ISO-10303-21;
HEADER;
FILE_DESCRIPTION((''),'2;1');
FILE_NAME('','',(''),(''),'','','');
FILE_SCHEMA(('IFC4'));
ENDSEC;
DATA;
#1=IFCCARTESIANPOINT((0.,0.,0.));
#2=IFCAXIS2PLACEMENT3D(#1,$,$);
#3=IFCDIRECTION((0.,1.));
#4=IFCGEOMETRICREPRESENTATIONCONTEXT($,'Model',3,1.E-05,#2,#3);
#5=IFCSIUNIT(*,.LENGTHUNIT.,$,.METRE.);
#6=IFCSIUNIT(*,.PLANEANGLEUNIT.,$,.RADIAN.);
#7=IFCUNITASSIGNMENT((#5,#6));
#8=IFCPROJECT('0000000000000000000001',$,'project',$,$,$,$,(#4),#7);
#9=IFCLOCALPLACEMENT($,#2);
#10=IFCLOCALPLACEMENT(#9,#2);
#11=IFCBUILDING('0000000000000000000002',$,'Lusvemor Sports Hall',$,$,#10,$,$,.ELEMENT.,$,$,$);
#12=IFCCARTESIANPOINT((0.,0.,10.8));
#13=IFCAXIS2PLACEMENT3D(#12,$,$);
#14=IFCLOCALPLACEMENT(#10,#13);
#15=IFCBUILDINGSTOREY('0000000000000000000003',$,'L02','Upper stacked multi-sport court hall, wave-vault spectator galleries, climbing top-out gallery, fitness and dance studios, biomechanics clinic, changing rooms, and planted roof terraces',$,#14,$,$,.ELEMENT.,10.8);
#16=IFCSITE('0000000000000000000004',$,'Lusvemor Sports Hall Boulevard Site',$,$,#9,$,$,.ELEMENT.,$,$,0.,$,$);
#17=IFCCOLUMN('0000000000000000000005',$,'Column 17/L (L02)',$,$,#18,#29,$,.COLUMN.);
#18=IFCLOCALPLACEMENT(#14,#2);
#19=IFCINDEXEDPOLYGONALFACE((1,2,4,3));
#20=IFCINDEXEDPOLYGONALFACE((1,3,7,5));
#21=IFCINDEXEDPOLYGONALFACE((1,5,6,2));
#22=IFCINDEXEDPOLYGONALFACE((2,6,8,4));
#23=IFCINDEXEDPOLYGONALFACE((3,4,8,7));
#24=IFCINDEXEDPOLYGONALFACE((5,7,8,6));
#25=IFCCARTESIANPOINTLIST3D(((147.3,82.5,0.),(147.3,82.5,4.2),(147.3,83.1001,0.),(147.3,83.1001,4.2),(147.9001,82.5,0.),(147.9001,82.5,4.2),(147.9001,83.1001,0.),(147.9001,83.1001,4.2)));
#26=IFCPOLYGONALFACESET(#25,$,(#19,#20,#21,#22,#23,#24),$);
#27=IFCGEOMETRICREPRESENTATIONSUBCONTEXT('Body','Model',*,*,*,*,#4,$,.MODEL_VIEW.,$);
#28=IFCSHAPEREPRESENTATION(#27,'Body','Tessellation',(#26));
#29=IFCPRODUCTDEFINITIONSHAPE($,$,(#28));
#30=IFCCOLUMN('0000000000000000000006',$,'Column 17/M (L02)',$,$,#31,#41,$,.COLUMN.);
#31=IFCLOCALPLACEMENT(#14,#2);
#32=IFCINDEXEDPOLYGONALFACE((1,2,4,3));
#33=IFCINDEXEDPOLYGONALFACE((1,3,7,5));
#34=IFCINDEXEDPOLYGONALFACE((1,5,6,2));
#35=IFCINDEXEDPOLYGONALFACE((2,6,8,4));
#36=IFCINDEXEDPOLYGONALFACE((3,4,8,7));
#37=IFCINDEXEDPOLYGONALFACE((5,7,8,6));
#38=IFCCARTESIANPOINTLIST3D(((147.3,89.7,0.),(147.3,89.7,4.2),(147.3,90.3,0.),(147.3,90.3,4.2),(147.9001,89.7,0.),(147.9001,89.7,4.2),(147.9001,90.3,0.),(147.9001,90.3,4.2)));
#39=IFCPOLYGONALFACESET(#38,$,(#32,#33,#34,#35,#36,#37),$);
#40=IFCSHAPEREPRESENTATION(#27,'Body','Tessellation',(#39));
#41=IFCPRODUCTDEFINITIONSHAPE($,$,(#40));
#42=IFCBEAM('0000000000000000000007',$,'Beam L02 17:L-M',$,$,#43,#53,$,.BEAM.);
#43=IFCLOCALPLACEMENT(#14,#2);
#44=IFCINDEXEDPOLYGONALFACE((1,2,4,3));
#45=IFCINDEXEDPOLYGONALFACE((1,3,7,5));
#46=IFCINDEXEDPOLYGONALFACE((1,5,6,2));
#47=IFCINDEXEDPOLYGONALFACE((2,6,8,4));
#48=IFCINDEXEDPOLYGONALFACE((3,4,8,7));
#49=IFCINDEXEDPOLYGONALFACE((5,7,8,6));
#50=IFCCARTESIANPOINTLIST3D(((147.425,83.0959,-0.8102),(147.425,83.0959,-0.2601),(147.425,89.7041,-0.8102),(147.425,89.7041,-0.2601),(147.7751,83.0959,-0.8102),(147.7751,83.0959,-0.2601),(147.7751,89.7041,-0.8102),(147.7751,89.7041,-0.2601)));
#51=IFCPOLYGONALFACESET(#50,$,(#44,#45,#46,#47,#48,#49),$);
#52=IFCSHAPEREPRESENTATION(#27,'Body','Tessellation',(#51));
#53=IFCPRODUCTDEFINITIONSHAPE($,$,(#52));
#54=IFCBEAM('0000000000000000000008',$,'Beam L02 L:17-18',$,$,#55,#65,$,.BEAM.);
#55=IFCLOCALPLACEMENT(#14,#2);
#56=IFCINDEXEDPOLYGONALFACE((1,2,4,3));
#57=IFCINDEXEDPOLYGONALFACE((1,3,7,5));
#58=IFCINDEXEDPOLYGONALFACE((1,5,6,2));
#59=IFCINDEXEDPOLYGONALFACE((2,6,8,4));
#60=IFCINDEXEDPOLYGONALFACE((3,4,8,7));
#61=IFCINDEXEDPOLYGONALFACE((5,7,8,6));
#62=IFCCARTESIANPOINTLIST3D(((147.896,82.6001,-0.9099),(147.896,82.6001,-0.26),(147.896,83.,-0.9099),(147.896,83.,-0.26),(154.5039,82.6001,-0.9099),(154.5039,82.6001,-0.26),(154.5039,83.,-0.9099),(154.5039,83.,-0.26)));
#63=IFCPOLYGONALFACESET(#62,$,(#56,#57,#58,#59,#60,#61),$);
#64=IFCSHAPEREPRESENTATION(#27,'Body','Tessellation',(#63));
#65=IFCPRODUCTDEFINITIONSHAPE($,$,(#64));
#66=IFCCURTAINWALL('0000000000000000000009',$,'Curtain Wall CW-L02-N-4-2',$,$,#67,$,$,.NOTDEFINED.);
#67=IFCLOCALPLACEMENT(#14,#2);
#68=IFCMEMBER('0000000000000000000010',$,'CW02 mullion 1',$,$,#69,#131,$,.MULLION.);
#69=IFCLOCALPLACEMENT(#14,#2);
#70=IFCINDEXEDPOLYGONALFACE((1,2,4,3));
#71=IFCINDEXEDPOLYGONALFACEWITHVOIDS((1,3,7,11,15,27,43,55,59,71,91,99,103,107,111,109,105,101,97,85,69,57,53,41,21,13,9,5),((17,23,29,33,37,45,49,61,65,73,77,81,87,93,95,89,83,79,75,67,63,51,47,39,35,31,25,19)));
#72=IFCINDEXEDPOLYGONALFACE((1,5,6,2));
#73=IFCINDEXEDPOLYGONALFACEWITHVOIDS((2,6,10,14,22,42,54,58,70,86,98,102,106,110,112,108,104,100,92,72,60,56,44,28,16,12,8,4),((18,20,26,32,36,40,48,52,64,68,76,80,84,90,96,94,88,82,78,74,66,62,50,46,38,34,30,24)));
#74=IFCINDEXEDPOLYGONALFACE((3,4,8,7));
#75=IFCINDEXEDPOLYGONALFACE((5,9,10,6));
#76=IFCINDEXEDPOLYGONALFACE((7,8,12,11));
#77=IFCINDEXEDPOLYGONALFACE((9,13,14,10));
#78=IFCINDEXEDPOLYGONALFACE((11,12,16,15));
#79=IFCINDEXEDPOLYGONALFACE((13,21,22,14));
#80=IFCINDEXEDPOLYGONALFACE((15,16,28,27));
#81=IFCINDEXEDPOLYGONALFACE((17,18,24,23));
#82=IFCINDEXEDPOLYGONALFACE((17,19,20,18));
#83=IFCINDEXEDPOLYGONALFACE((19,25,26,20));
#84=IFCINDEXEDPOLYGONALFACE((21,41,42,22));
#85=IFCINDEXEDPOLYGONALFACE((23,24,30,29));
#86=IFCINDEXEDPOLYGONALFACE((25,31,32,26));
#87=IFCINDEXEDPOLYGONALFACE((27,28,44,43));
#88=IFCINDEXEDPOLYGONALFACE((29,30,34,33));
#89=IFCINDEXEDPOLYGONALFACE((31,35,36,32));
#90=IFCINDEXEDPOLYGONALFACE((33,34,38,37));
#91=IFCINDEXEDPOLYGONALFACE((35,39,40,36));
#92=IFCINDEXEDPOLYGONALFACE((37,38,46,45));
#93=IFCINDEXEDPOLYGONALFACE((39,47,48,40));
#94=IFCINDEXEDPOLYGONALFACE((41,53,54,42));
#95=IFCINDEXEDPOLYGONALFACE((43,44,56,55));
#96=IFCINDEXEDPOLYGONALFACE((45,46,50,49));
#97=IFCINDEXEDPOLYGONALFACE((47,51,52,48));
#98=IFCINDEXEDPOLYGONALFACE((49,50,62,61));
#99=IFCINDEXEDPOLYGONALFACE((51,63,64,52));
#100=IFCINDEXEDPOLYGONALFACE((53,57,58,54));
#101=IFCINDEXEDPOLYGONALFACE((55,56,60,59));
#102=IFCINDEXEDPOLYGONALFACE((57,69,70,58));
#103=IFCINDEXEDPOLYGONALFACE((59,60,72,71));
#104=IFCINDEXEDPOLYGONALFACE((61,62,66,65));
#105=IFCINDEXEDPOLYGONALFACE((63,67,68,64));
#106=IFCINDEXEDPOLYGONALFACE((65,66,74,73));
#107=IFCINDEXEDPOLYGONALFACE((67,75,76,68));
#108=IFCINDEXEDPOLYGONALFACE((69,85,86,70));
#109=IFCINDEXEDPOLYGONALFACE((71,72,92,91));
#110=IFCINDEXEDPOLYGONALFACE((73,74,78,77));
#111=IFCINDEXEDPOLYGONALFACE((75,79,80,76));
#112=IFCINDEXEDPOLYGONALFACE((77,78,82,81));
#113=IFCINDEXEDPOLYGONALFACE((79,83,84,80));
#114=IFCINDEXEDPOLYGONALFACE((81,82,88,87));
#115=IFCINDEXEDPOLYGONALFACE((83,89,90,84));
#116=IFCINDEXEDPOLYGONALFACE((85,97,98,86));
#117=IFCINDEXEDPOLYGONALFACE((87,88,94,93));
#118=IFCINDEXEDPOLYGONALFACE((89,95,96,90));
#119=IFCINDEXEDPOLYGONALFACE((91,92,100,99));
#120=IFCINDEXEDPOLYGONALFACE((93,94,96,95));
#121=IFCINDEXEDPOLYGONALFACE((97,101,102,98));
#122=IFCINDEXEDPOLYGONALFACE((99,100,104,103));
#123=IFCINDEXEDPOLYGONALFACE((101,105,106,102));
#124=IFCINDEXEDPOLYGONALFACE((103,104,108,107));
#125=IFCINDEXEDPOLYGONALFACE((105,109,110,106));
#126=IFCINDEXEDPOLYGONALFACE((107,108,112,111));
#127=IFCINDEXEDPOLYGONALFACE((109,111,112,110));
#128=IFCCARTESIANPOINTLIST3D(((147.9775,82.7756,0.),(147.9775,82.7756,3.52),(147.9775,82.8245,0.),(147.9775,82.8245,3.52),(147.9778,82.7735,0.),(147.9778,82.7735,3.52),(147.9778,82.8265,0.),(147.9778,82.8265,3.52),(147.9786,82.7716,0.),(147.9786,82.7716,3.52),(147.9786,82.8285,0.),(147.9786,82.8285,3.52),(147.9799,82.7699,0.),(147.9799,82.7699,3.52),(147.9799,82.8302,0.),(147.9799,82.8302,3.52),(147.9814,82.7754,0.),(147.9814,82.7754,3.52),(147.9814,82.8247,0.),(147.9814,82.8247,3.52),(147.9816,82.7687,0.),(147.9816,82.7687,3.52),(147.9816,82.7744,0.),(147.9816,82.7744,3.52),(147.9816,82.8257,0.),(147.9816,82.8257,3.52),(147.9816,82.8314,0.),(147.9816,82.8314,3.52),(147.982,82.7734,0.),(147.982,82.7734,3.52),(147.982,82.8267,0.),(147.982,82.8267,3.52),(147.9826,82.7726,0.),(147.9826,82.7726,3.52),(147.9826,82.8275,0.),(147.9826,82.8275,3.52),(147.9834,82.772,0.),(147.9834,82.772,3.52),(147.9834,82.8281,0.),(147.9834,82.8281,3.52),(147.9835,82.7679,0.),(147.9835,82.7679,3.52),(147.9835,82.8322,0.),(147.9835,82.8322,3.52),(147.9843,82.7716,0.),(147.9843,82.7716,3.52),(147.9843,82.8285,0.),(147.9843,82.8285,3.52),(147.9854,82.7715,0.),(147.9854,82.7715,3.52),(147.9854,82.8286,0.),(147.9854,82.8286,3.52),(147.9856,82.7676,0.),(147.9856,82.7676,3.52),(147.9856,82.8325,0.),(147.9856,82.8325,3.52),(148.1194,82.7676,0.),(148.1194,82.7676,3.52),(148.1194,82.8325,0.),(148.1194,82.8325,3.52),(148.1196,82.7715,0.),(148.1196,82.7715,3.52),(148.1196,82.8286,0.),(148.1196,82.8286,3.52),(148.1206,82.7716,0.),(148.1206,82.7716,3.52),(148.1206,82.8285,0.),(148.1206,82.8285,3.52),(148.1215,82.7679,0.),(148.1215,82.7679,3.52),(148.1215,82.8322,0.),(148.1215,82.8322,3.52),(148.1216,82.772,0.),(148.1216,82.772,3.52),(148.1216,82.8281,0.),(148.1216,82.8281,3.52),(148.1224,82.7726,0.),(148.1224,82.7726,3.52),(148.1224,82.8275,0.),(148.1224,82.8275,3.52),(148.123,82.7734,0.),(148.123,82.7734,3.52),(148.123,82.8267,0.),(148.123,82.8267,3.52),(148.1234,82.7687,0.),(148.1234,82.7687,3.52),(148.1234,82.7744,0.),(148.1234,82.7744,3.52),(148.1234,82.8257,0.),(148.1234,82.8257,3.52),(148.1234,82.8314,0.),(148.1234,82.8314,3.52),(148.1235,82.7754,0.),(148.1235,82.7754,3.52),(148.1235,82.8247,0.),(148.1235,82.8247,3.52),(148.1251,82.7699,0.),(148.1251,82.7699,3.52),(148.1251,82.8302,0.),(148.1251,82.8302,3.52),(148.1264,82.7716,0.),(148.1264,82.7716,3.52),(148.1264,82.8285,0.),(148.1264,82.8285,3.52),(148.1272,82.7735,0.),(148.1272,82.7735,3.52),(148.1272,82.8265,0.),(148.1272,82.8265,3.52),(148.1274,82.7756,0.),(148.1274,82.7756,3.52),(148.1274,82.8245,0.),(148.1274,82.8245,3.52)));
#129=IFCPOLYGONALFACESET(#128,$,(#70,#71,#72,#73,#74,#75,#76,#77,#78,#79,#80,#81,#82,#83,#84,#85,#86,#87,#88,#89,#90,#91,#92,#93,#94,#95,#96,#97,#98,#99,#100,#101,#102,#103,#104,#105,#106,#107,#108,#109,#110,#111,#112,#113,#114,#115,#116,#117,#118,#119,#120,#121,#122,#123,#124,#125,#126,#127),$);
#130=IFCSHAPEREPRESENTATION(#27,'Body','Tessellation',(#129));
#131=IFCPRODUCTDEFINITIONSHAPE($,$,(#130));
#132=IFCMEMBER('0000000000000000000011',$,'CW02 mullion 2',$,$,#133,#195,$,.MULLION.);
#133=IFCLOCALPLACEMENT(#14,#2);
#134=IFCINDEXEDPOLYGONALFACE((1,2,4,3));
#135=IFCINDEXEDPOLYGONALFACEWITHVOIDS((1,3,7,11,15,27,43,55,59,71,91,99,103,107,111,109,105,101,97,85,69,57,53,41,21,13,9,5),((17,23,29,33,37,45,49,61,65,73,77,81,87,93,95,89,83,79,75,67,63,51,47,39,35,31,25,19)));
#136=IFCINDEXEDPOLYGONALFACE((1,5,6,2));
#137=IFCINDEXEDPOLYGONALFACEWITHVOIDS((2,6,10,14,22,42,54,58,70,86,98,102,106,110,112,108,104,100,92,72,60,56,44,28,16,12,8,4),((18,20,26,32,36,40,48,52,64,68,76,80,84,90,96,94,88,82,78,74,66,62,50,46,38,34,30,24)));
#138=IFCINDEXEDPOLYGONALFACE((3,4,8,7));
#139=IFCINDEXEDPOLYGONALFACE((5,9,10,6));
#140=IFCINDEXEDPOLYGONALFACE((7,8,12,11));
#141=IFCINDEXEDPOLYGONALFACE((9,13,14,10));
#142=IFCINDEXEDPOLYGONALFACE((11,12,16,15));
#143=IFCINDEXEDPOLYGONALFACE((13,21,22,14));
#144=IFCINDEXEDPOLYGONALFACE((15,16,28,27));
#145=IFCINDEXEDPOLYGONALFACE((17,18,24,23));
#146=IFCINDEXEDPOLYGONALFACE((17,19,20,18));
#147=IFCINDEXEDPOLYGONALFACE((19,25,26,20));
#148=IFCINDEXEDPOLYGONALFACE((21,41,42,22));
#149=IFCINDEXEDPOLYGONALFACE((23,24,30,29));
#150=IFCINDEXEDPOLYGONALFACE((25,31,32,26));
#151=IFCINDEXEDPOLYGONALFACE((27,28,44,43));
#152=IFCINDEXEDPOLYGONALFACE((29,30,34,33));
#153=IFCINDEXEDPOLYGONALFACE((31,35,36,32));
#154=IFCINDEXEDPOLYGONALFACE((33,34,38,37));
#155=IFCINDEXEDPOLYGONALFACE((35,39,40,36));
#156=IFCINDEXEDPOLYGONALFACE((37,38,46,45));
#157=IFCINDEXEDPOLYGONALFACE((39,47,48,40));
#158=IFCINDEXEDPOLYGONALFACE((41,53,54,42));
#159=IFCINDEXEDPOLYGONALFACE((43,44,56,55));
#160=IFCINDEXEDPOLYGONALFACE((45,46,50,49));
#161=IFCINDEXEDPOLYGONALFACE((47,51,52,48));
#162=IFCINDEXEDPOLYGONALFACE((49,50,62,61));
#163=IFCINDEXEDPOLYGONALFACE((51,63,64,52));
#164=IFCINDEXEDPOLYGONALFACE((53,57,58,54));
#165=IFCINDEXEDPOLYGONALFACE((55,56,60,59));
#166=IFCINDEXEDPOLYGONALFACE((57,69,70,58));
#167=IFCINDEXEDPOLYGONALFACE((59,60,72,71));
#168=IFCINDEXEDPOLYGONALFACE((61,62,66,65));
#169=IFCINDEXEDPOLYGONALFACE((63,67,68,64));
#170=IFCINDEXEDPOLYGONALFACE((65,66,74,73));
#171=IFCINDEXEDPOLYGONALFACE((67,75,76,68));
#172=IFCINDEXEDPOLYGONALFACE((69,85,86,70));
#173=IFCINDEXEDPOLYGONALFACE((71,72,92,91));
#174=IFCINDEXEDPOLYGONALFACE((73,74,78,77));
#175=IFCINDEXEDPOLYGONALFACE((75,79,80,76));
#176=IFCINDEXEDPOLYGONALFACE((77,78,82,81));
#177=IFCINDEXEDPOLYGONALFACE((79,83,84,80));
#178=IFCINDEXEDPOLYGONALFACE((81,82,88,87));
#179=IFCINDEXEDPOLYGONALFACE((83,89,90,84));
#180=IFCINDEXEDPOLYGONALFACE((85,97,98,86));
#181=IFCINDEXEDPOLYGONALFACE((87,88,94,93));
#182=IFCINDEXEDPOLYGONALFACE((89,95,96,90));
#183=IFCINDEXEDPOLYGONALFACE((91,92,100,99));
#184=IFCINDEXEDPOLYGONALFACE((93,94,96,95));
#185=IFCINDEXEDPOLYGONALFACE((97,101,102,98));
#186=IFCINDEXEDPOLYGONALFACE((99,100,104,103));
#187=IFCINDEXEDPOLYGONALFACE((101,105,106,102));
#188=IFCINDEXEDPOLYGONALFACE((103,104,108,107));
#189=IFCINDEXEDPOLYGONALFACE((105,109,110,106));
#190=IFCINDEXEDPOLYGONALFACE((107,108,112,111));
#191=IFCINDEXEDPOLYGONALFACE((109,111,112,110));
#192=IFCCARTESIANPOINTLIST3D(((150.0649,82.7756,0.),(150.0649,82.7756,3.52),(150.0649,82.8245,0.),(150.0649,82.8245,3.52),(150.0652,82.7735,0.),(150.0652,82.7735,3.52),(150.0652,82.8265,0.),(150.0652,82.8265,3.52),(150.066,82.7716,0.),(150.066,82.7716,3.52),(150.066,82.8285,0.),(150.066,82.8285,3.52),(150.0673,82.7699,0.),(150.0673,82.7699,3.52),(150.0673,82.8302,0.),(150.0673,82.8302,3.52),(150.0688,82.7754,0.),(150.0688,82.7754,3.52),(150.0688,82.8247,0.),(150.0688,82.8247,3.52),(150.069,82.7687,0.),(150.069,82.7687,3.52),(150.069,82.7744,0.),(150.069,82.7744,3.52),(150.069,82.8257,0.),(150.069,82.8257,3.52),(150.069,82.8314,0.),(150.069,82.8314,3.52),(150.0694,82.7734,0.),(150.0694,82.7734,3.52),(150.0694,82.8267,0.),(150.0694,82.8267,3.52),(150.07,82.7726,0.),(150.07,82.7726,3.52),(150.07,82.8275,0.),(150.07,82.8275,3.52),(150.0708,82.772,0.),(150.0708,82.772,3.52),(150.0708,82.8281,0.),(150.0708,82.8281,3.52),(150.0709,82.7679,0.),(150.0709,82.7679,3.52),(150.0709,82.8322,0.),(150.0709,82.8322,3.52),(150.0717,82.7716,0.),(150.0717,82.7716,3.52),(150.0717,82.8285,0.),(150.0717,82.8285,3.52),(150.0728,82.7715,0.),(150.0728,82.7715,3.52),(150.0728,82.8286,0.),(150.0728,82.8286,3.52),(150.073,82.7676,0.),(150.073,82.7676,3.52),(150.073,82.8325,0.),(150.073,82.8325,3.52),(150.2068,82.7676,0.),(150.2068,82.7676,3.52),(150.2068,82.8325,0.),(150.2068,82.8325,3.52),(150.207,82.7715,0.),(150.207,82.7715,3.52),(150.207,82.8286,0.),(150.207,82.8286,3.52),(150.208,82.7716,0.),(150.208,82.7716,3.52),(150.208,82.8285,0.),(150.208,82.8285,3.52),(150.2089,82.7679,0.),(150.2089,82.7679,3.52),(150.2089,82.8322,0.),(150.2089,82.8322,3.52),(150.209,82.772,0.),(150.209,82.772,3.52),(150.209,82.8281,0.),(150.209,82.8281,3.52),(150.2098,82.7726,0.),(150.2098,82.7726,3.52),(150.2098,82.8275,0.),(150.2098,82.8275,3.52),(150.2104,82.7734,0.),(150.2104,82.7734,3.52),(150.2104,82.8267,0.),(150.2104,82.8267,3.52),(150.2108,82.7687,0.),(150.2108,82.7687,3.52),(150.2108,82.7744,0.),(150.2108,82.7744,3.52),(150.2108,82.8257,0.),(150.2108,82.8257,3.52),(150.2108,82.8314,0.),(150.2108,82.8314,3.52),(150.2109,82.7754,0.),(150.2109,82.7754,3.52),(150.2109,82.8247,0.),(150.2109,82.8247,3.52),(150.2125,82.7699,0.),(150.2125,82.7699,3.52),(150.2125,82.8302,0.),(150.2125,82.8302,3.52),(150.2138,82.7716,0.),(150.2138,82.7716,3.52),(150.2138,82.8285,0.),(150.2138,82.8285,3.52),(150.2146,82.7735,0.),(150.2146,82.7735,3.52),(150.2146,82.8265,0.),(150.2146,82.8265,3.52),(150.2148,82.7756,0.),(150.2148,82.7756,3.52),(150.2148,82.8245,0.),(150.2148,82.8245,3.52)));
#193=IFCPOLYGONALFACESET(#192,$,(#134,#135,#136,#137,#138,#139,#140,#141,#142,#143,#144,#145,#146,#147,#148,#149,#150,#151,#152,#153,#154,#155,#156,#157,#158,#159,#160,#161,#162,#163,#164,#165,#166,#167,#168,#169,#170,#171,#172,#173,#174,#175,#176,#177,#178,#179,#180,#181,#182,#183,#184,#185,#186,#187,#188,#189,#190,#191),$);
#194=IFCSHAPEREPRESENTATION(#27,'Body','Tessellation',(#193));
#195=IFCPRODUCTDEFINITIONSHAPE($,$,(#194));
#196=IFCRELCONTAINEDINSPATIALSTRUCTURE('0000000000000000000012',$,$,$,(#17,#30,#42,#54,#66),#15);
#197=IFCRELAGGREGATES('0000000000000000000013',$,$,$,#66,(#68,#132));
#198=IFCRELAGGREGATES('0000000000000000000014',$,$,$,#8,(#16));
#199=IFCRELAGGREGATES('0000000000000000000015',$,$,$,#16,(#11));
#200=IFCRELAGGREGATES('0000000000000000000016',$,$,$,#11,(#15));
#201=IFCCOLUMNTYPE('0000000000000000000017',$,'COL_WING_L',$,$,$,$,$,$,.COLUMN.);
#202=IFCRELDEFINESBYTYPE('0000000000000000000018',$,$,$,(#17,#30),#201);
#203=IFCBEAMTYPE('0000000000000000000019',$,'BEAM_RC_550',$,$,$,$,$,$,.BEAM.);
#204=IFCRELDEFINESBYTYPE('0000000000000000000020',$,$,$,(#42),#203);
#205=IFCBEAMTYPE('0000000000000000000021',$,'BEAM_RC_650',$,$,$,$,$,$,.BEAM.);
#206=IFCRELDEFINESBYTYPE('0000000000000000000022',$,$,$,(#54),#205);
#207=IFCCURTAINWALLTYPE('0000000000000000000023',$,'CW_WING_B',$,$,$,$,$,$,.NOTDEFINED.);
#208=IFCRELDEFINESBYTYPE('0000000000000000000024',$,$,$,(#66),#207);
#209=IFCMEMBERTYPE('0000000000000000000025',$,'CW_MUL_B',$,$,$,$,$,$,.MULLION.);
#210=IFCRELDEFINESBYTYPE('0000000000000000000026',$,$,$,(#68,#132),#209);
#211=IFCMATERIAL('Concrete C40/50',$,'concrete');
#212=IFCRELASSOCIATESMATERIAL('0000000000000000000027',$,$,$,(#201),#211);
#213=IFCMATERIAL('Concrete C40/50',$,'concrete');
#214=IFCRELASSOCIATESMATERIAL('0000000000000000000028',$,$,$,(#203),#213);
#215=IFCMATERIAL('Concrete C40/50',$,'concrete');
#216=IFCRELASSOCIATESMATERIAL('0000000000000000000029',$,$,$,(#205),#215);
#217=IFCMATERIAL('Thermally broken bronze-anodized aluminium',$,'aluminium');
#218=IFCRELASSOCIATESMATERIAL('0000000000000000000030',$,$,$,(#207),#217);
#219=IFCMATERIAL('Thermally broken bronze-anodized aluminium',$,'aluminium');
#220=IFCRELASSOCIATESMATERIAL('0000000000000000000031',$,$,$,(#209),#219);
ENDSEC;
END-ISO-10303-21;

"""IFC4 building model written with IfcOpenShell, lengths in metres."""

from ifc_helpers import new_model, si_unit, direction, frame, origin, origin_2d, place, context, subcontext, project, spatial, rectangle, hollow_rectangle, extrude, material, material_profile, profile_set, type_object, element, aggregate, save


model = new_model("IFC4")

# Units and contexts
model_context = context("Model", 3, precision=1e-05, world=origin(), true_north=direction((0.0, 1.0)))
body_context = subcontext(model_context, "Body", "Model", "MODEL_VIEW")
ifc_project = project(units=[si_unit("LENGTHUNIT", "METRE"), si_unit("PLANEANGLEUNIT", "RADIAN")], contexts=[model_context])

# Site, building, storey
site_placement = place(None, origin())
site = spatial("IfcSite", under=ifc_project, at=site_placement, Name="Lusvemor Sports Hall Boulevard Site", CompositionType="ELEMENT", RefElevation=0.0)
building_placement = place(site_placement, origin())
building = spatial("IfcBuilding", under=site, at=building_placement, Name="Lusvemor Sports Hall", CompositionType="ELEMENT")
storey_placement = place(building_placement, frame((0.0, 0.0, 10.8)))
storey = spatial("IfcBuildingStorey", under=building, at=storey_placement, Name="L02", Description="Upper stacked multi-sport court hall, wave-vault spectator galleries, climbing top-out gallery, fitness and dance studios, biomechanics clinic, changing rooms, and planted roof terraces", CompositionType="ELEMENT", Elevation=10.8)

# Columns
ifc_material_1 = material(Name="Concrete C40/50", Category="concrete")
ifc_material_profile_1 = material_profile(ifc_material_1, rectangle(XDim=0.6001, YDim=0.6001, at=origin_2d()), Name="RC600x600")
ifc_profile_set_1 = profile_set([ifc_material_profile_1], Name="Concrete C40/50")
column_type = type_object("IfcColumnType", Name="COL_WING_L", PredefinedType="COLUMN", material=ifc_profile_set_1)
for number, where, z_axis, x_axis, name in (
    (1, (147.6001, 82.8, 0.0), (0.0, 0.0, 1.0), (1.0, 0.0, 0.0), "Column 17/L (L02)"),
    (2, (147.6001, 90.0, 0.0), (0.0, 0.0, 1.0), (1.0, 0.0, 0.0), "Column 17/M (L02)"),
):
    element("IfcColumn", number, at=place(storey_placement, frame(where, z_axis=z_axis, x_axis=x_axis)), inside=storey, type_object=column_type, Name=name, PredefinedType="COLUMN", context=body_context, shape_type="SweptSolid", body=[
        extrude(rectangle(XDim=0.6001, YDim=0.6001, at=origin_2d()), origin(), (0.0, 0.0, 1.0), 4.2),
    ])

# Beams
ifc_material_2 = material(Name="Concrete C40/50", Category="concrete")
ifc_material_profile_2 = material_profile(ifc_material_2, rectangle(XDim=0.3501, YDim=0.55, at=origin_2d()), Name="RC350x550")
ifc_profile_set_2 = profile_set([ifc_material_profile_2], Name="Concrete C40/50")
beam_type_1 = type_object("IfcBeamType", Name="BEAM_RC_550", PredefinedType="BEAM", material=ifc_profile_set_2)
beam_1_placement = place(storey_placement, frame((147.6001, 83.0959, -0.5352), z_axis=(0.0, 1.0, 0.0), x_axis=(-1.0, 0.0, 0.0)))
element("IfcBeam", 3, at=beam_1_placement, inside=storey, type_object=beam_type_1, Name="Beam L02 17:L-M", PredefinedType="BEAM", context=body_context, shape_type="SweptSolid", body=[
    extrude(rectangle(XDim=0.3501, YDim=0.55, at=origin_2d()), origin(), (0.0, 0.0, 1.0), 6.6082),
])
ifc_material_3 = material(Name="Concrete C40/50", Category="concrete")
ifc_material_profile_3 = material_profile(ifc_material_3, rectangle(XDim=0.3999, YDim=0.6499, at=origin_2d()), Name="RC400x650")
ifc_profile_set_3 = profile_set([ifc_material_profile_3], Name="Concrete C40/50")
beam_type_2 = type_object("IfcBeamType", Name="BEAM_RC_650", PredefinedType="BEAM", material=ifc_profile_set_3)
beam_2_placement = place(storey_placement, frame((147.896, 82.8, -0.585), z_axis=(1.0, 0.0, 0.0), x_axis=(0.0, 1.0, 0.0)))
element("IfcBeam", 4, at=beam_2_placement, inside=storey, type_object=beam_type_2, Name="Beam L02 L:17-18", PredefinedType="BEAM", context=body_context, shape_type="SweptSolid", body=[
    extrude(rectangle(XDim=0.3999, YDim=0.6499, at=origin_2d()), origin(), (0.0, 0.0, 1.0), 6.6079),
])

# Curtain wall, members
ifc_material_4 = material(Name="Thermally broken bronze-anodized aluminium", Category="aluminium")
curtain_wall_type = type_object("IfcCurtainWallType", Name="CW_WING_B", PredefinedType="NOTDEFINED", material=ifc_material_4)
curtain_wall_placement = place(storey_placement, origin())
curtain_wall = element("IfcCurtainWall", 5, at=curtain_wall_placement, inside=storey, type_object=curtain_wall_type, Name="Curtain Wall CW-L02-N-4-2", PredefinedType="NOTDEFINED")
ifc_material_5 = material(Name="Thermally broken bronze-anodized aluminium", Category="aluminium")
ifc_material_profile_4 = material_profile(ifc_material_5, hollow_rectangle(XDim=0.0649, YDim=0.1499, WallThickness=0.0039, InnerFilletRadius=0.0039, OuterFilletRadius=0.0081, at=origin_2d()), Name="CWMUL150x65x4")
ifc_profile_set_4 = profile_set([ifc_material_profile_4], Name="Thermally broken bronze-anodized aluminium")
member_type_1 = type_object("IfcMemberType", Name="CW_MUL_B", PredefinedType="MULLION", material=ifc_profile_set_4)
member_1_placement = place(storey_placement, frame((148.0525, 82.8, 0.0), z_axis=(0.0, 0.0, 1.0), x_axis=(0.0, 1.0, 0.0)))
member_1 = element("IfcMember", 6, at=member_1_placement, type_object=member_type_1, Name="CW02 mullion 1", PredefinedType="MULLION", context=body_context, shape_type="SweptSolid", body=[
    extrude(hollow_rectangle(XDim=0.0649, YDim=0.1499, WallThickness=0.0039, InnerFilletRadius=0.0039, OuterFilletRadius=0.0081, at=origin_2d()), origin(), (0.0, 0.0, 1.0), 3.52),
])
member_2_placement = place(storey_placement, frame((150.1399, 82.8, 0.0), z_axis=(0.0, 0.0, 1.0), x_axis=(0.0, 1.0, 0.0)))
member_2 = element("IfcMember", 7, at=member_2_placement, type_object=member_type_1, Name="CW02 mullion 2", PredefinedType="MULLION", context=body_context, shape_type="SweptSolid", body=[
    extrude(hollow_rectangle(XDim=0.0649, YDim=0.1499, WallThickness=0.0039, InnerFilletRadius=0.0039, OuterFilletRadius=0.0081, at=origin_2d()), origin(), (0.0, 0.0, 1.0), 3.52),
])

aggregate(curtain_wall, [member_1, member_2])

save(model, "model.ifc")
